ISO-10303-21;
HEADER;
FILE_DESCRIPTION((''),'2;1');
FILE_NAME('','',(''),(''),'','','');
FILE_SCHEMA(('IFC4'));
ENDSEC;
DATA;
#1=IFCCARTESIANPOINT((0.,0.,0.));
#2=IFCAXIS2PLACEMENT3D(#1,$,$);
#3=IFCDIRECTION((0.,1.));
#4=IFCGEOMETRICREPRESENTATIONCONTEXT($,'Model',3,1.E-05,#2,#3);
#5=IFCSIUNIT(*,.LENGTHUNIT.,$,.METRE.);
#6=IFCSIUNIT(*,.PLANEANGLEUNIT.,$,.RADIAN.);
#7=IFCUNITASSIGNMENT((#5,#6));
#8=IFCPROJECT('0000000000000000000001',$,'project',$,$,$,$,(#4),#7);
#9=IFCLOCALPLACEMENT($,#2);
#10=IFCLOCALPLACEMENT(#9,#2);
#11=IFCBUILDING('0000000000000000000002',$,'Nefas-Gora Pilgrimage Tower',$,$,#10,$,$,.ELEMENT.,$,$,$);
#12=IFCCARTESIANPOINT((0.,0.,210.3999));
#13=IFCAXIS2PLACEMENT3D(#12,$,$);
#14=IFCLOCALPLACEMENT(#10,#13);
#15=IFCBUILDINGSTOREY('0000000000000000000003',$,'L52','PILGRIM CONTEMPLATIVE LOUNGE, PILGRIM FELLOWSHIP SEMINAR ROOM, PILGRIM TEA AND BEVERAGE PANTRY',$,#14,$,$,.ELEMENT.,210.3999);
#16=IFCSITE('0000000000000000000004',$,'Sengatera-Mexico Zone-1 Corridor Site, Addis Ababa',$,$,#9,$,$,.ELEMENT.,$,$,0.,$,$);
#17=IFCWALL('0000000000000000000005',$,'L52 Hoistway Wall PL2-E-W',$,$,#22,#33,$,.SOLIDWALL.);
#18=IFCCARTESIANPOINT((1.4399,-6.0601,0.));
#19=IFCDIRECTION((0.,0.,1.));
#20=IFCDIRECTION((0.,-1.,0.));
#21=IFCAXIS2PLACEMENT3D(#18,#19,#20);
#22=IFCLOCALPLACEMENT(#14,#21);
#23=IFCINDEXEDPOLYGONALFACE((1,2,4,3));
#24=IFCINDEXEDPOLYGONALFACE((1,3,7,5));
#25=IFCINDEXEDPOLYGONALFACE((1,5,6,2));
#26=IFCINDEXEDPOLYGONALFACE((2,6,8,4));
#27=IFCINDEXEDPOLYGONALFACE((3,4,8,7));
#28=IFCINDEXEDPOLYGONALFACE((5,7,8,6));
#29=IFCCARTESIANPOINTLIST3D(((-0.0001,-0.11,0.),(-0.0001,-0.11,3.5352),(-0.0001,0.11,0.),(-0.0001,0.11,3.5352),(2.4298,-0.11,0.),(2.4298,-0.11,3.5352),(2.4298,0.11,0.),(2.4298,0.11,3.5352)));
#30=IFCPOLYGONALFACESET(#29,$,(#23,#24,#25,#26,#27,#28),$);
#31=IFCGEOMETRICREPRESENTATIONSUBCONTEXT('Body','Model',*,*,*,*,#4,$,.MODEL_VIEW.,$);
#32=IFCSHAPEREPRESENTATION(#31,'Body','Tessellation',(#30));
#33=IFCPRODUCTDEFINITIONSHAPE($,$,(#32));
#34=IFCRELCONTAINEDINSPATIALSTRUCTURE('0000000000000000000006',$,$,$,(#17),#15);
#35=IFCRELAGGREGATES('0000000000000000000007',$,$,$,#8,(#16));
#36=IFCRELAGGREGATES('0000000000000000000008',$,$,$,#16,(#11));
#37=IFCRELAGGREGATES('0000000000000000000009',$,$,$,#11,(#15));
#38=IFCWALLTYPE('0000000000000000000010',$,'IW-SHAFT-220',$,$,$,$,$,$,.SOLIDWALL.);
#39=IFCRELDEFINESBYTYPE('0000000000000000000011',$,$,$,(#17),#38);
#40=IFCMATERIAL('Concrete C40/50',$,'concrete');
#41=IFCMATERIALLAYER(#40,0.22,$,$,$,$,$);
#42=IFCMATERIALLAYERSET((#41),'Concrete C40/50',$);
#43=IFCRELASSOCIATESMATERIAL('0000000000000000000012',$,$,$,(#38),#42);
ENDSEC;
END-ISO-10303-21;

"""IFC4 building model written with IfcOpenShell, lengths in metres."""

from ifc_helpers import new_model, si_unit, direction, frame, frame_2d, origin, place, context, subcontext, project, spatial, rectangle, extrude, source, transform, mapped, material, layer, layer_set, type_object, element, save


model = new_model("IFC4")

# Units and contexts
model_context = context("Model", 3, precision=1e-05, world=origin(), true_north=direction((0.0, 1.0)))
body_context = subcontext(model_context, "Body", "Model", "MODEL_VIEW")
ifc_project = project(units=[si_unit("LENGTHUNIT", "METRE"), si_unit("PLANEANGLEUNIT", "RADIAN")], contexts=[model_context])

# Site, building, storey
site_placement = place(None, origin())
site = spatial("IfcSite", under=ifc_project, at=site_placement, Name="Sengatera-Mexico Zone-1 Corridor Site, Addis Ababa", CompositionType="ELEMENT", RefElevation=0.0)
building_placement = place(site_placement, origin())
building = spatial("IfcBuilding", under=site, at=building_placement, Name="Nefas-Gora Pilgrimage Tower", CompositionType="ELEMENT")
storey_placement = place(building_placement, frame((0.0, 0.0, 210.3999)))
storey = spatial("IfcBuildingStorey", under=building, at=storey_placement, Name="L52", Description="PILGRIM CONTEMPLATIVE LOUNGE, PILGRIM FELLOWSHIP SEMINAR ROOM, PILGRIM TEA AND BEVERAGE PANTRY", CompositionType="ELEMENT", Elevation=210.3999)

# Shared definitions
ifc_material_1 = material(Name="Concrete C40/50", Category="concrete")

# Shared definitions
ifc_layer_1 = layer(ifc_material_1, 0.22)
ifc_layer_set_1 = layer_set([ifc_layer_1], Name="Concrete C40/50")
wall_type_1 = type_object("IfcWallType", Name="IW-SHAFT-220", PredefinedType="SOLIDWALL", material=ifc_layer_set_1)

# Wall
shared_shape_1 = source(origin(), body_context, "Body", "SweptSolid", [
    extrude(rectangle(XDim=2.4299, YDim=0.22, at=frame_2d((1.2148, 0.0))), origin(), (0.0, 0.0, 1.0), 3.5352),
])
for number, where, z_axis, x_axis, name in (
    (1, (1.4399, -6.0601, 0.0), (0.0, 0.0, 1.0), (0.0, -1.0, 0.0), "L52 Hoistway Wall PL2-E-W"),
):
    element("IfcWall", number, at=place(storey_placement, frame(where, z_axis=z_axis, x_axis=x_axis)), inside=storey, type_object=wall_type_1, Name=name, PredefinedType="SOLIDWALL", context=body_context, shape_type="MappedRepresentation", body=[
        mapped(shared_shape_1, transform((0.0, 0.0, 0.0), x_axis=(1.0, 0.0, 0.0), y_axis=(0.0, 1.0, 0.0), z_axis=(0.0, 0.0, 1.0), scale=1.0)),
    ])

save(model, "model.ifc")
